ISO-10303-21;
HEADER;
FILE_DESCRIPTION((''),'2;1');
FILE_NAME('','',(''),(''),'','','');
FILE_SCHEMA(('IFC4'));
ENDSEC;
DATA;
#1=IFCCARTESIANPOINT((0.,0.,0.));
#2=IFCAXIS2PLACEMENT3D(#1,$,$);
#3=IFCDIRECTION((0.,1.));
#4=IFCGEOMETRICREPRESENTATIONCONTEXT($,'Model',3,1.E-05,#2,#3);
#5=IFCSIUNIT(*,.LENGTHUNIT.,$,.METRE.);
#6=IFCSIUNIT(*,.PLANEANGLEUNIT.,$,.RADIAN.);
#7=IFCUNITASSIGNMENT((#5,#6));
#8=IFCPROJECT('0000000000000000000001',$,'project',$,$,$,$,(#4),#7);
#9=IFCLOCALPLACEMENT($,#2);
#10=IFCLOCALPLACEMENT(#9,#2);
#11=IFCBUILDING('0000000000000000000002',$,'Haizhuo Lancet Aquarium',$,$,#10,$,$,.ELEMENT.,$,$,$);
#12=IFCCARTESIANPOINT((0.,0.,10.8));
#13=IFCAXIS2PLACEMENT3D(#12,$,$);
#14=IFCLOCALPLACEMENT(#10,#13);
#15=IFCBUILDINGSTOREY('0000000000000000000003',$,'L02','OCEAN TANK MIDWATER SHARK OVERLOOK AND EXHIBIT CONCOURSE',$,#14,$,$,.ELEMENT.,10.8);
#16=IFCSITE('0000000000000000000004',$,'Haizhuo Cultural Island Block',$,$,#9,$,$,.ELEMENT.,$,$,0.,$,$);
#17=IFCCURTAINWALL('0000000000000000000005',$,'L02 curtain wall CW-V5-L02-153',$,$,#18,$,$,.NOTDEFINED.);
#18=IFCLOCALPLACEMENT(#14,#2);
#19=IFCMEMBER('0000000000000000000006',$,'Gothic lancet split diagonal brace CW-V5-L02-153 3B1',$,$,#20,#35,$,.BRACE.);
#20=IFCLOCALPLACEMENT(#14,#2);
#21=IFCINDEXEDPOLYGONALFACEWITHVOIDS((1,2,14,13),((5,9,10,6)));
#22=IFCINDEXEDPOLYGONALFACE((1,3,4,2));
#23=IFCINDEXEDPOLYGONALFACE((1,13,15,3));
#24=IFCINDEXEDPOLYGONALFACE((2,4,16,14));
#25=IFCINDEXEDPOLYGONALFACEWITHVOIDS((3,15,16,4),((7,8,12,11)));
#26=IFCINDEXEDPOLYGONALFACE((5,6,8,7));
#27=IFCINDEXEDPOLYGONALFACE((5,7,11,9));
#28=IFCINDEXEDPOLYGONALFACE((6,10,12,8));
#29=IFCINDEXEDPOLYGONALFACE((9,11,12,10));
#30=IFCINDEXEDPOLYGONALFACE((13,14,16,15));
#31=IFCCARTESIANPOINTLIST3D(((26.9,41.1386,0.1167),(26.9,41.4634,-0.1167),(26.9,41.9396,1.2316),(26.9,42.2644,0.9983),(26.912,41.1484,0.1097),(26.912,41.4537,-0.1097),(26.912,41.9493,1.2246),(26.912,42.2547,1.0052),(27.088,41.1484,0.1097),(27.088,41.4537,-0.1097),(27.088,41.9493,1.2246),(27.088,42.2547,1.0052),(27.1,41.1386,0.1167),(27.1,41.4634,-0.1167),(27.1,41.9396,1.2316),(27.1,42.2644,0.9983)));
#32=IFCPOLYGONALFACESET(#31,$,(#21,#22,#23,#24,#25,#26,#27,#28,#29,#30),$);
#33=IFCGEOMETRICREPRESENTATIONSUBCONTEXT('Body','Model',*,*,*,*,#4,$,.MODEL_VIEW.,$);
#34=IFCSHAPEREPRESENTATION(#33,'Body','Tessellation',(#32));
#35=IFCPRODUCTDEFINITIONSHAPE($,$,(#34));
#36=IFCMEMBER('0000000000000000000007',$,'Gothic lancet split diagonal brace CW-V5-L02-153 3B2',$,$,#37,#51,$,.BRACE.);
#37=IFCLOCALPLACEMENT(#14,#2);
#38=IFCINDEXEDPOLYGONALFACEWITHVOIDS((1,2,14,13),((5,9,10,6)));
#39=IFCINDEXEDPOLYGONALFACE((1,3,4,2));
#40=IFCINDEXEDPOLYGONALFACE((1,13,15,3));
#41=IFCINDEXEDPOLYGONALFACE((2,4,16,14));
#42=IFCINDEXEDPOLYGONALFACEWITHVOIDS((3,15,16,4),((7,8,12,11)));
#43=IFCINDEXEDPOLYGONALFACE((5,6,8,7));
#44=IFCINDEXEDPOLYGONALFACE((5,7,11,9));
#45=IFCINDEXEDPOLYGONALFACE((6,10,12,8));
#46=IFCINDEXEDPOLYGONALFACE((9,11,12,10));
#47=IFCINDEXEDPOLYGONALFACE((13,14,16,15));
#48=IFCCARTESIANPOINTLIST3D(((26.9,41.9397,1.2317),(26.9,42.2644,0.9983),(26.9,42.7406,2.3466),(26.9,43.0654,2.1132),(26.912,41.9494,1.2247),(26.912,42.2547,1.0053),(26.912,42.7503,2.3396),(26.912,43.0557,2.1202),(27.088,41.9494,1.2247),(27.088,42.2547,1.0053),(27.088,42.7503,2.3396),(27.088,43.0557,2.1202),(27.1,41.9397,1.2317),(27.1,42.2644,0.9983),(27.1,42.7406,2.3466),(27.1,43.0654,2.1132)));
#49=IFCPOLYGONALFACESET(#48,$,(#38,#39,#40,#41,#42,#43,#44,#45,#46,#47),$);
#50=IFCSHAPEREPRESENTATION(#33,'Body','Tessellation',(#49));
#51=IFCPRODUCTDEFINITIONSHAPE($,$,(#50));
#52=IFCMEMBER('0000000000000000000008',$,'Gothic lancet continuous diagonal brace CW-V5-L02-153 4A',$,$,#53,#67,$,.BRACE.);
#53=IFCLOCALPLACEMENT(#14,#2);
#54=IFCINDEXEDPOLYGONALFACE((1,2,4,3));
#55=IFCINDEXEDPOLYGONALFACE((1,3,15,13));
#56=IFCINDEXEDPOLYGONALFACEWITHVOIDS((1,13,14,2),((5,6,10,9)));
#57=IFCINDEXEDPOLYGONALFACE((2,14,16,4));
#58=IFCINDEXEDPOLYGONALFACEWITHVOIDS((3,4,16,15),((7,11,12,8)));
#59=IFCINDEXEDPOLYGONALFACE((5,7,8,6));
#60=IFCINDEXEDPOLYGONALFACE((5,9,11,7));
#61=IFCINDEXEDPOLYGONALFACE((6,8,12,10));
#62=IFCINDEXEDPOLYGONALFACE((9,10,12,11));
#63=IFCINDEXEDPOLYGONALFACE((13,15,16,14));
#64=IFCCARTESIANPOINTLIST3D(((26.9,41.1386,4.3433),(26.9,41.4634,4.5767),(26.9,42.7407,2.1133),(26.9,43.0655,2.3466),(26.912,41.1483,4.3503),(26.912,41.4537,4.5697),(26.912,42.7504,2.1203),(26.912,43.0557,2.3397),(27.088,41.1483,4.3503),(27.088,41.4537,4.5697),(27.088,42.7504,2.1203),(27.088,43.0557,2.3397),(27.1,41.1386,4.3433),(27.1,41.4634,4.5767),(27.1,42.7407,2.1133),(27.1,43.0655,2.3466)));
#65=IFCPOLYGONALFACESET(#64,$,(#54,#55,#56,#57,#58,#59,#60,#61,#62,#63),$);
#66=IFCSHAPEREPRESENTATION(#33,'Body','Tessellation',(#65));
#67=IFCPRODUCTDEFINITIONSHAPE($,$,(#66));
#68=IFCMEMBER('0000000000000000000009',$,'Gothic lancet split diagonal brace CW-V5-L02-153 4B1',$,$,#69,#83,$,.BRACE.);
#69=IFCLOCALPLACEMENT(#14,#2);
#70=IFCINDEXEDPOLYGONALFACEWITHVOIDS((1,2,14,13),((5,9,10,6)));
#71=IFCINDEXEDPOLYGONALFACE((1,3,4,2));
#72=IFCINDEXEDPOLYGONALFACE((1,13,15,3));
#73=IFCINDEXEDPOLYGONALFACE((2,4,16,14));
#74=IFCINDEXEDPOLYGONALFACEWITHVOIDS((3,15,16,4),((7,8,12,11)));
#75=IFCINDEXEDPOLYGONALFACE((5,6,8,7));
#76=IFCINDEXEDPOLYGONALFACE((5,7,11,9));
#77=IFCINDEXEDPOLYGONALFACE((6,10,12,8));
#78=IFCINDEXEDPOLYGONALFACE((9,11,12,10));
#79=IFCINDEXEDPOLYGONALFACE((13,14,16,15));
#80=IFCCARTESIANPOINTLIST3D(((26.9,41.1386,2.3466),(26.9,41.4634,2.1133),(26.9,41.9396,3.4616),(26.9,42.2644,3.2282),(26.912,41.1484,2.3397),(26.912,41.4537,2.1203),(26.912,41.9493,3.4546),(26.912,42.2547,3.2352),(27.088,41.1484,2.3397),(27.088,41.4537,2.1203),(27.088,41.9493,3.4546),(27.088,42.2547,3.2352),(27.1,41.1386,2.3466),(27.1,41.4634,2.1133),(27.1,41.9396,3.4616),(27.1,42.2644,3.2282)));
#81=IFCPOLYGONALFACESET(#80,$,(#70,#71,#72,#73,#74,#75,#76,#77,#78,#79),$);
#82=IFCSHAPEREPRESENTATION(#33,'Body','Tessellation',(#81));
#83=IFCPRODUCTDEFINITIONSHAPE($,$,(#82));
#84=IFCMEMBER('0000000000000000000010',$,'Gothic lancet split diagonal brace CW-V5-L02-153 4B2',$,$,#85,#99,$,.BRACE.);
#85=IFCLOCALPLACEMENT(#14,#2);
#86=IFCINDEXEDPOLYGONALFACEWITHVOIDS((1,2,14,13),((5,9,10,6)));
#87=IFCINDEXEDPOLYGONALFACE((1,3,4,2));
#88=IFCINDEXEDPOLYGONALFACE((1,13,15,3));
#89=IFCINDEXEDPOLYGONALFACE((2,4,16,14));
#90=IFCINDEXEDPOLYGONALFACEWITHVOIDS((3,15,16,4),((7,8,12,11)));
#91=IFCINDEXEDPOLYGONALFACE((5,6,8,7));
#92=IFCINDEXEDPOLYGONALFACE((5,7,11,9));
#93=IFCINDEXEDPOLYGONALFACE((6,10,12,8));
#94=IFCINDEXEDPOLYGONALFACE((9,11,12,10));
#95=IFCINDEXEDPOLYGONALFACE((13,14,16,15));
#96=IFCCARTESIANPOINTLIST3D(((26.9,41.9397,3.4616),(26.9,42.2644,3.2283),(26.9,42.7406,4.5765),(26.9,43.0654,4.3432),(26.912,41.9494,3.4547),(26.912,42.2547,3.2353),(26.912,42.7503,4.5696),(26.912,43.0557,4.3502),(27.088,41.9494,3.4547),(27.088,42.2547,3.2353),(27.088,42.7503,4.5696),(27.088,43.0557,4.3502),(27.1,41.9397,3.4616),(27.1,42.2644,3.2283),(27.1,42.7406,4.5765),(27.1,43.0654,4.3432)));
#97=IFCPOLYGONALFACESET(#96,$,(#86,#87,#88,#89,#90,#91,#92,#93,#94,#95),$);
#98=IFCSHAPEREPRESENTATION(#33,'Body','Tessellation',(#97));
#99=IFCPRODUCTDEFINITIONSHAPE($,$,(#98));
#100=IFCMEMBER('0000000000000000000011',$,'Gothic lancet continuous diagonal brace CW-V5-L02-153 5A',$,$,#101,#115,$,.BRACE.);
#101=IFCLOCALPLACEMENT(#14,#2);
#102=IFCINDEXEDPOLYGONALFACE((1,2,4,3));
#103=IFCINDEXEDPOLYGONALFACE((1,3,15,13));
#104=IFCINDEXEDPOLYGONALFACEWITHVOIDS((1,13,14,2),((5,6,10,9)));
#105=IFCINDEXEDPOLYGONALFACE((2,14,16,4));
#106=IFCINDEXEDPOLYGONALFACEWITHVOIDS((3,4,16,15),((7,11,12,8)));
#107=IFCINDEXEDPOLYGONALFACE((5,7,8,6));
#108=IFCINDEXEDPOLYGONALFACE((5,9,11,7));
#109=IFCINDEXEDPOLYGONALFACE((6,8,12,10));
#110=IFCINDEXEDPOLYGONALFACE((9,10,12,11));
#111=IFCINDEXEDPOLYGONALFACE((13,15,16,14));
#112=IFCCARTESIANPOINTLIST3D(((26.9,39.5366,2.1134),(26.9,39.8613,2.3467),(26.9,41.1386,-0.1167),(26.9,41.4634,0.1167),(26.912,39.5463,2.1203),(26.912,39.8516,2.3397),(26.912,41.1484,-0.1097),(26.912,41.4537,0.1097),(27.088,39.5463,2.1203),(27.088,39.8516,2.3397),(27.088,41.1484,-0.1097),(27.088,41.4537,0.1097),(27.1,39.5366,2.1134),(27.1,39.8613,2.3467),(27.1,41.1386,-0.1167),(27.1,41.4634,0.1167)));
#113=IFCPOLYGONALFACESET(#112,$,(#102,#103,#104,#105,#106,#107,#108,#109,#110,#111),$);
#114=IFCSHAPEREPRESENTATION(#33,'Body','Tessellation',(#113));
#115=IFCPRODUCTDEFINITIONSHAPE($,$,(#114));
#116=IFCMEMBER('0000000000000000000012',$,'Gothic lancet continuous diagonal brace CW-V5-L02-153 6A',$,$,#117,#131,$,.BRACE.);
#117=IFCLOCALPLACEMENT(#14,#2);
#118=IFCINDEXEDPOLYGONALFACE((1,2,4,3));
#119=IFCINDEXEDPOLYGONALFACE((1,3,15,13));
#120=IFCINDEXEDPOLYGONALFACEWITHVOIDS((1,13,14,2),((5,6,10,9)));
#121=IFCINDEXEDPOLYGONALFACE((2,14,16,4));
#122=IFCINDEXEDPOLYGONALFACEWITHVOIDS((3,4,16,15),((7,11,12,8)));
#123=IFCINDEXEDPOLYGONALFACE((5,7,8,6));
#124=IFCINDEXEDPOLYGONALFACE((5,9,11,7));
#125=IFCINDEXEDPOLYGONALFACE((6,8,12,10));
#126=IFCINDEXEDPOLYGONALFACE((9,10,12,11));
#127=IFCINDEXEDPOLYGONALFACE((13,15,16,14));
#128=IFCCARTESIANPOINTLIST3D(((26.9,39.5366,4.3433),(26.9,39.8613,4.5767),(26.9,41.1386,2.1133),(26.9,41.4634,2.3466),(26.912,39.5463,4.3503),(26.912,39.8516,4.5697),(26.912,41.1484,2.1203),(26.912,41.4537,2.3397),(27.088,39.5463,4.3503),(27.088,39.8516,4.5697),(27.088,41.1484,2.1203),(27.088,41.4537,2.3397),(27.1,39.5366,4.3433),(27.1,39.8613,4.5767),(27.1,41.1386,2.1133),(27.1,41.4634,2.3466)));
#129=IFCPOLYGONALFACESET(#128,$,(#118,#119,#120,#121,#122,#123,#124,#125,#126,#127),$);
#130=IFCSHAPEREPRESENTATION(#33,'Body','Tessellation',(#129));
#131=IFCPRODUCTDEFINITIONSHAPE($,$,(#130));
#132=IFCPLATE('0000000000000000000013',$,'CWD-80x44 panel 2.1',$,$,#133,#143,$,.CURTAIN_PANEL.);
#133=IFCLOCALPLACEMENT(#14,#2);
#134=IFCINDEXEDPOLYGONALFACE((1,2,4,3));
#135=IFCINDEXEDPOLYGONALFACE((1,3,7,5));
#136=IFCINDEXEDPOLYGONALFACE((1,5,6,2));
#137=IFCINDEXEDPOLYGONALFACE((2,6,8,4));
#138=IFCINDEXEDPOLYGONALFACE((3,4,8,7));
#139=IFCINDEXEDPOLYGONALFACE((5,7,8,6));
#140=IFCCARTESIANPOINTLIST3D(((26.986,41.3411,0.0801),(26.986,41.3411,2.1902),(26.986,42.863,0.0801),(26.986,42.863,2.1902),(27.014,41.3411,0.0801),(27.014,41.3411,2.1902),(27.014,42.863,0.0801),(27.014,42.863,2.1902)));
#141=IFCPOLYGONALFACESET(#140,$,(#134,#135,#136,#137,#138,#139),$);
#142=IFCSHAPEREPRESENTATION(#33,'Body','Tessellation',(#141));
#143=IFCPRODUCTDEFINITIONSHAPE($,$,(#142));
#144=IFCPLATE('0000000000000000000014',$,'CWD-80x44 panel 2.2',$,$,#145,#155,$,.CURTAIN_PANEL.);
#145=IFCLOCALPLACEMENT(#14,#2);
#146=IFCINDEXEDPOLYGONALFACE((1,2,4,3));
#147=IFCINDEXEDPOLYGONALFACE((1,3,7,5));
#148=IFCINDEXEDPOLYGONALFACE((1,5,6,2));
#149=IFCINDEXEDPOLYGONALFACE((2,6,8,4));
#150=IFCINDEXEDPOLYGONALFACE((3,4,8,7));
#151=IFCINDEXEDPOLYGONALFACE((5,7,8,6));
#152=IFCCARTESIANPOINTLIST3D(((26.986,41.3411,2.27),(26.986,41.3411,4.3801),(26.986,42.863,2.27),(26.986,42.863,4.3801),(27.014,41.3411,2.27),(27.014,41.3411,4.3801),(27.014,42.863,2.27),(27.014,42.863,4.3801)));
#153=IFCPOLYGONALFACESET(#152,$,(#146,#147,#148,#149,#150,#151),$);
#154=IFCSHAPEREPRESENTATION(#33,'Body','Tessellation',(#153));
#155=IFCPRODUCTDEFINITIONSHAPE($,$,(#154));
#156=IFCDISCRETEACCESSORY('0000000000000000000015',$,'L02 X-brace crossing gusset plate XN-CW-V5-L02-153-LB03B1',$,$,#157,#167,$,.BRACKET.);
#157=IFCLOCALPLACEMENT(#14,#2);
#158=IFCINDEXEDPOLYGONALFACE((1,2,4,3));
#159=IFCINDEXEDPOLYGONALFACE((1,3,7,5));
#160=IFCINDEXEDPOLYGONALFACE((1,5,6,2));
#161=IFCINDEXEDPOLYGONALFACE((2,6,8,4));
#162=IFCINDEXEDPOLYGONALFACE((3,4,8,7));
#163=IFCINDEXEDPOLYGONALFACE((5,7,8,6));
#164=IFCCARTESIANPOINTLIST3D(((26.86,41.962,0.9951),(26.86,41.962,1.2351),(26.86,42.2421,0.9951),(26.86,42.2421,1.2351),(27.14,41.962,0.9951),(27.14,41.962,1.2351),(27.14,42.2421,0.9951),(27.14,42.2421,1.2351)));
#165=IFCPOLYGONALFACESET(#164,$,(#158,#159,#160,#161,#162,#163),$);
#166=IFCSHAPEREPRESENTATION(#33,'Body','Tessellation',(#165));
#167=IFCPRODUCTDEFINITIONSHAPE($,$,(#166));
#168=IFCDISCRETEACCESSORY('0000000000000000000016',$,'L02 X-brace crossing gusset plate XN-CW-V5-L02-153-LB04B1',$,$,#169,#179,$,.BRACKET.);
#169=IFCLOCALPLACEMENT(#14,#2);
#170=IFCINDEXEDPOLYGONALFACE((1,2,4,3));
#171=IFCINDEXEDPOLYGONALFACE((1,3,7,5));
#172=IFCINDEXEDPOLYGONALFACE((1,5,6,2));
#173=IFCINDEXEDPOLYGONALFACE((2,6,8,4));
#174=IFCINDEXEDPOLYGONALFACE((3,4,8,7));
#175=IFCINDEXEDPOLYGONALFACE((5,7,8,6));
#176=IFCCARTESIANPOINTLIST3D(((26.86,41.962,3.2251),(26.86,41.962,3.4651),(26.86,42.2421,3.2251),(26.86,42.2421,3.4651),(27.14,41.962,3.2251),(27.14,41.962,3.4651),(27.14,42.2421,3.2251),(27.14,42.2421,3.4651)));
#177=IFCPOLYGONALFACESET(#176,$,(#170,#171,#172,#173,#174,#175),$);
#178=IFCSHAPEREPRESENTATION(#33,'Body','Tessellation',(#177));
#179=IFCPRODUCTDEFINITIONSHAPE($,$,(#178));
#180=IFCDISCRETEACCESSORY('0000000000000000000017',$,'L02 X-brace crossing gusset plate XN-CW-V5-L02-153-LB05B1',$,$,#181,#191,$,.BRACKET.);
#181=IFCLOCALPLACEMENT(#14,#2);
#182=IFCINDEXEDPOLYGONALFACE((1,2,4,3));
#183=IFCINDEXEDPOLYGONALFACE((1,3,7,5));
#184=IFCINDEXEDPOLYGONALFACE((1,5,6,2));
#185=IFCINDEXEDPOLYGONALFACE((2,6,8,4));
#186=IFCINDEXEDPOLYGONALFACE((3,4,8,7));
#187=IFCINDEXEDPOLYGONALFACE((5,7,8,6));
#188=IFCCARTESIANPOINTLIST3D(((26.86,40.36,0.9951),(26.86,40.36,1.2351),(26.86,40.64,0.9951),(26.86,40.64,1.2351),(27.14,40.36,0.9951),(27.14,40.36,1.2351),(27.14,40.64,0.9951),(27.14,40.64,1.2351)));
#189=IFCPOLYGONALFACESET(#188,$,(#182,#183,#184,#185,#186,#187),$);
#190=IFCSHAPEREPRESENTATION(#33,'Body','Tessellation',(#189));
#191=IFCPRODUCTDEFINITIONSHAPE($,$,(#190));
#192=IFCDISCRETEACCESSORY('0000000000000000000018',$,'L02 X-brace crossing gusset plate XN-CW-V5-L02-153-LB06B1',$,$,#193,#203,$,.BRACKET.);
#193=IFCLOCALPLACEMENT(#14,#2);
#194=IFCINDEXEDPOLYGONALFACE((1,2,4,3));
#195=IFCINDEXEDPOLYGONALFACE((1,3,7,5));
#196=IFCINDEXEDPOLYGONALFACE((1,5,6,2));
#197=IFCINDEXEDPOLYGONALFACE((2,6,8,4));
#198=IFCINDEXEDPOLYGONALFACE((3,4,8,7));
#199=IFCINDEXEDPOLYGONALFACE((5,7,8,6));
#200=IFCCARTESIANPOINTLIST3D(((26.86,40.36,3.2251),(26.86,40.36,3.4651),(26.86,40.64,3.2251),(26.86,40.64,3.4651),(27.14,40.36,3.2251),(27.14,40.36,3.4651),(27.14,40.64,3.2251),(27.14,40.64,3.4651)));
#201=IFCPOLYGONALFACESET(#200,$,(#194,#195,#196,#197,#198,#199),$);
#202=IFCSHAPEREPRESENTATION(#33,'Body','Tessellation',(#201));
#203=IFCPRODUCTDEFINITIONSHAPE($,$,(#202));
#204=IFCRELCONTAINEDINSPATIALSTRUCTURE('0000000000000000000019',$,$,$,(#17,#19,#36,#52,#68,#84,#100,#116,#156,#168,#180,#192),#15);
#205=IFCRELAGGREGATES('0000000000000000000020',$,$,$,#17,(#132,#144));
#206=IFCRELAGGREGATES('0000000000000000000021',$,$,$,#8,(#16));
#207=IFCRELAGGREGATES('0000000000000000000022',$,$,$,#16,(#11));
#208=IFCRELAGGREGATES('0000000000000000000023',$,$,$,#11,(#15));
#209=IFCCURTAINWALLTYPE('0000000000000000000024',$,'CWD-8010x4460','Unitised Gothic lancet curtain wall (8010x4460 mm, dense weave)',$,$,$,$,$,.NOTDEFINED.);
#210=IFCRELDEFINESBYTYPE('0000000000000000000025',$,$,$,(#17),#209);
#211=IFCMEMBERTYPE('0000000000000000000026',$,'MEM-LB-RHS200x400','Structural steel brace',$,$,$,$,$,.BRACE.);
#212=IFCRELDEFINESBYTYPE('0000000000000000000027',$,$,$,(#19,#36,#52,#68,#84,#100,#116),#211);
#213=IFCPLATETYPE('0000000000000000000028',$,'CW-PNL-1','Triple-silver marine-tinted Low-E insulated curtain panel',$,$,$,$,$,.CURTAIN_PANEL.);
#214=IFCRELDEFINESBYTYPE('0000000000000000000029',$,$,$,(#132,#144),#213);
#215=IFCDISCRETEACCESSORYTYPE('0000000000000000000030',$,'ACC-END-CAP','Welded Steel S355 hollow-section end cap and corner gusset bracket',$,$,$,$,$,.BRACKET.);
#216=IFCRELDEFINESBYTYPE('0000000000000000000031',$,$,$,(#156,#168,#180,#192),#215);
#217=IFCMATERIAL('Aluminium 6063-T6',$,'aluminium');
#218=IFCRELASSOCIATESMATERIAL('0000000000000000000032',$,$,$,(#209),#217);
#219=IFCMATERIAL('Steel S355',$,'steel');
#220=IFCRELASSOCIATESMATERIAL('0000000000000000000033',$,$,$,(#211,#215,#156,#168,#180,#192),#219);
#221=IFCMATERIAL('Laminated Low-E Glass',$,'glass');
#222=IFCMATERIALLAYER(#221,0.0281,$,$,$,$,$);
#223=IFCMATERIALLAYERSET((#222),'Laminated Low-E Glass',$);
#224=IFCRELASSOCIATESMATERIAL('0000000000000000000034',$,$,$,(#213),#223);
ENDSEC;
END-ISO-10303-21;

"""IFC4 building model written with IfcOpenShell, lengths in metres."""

from ifc_helpers import new_model, si_unit, direction, frame, origin, origin_2d, place, context, subcontext, project, spatial, rectangle, hollow_rectangle, extrude, material, layer, layer_set, material_profile, profile_set, type_object, element, aggregate, save


model = new_model("IFC4")

# Units and contexts
model_context = context("Model", 3, precision=1e-05, world=origin(), true_north=direction((0.0, 1.0)))
body_context = subcontext(model_context, "Body", "Model", "MODEL_VIEW")
ifc_project = project(units=[si_unit("LENGTHUNIT", "METRE"), si_unit("PLANEANGLEUNIT", "RADIAN")], contexts=[model_context])

# Site, building, storey
site_placement = place(None, origin())
site = spatial("IfcSite", under=ifc_project, at=site_placement, Name="Haizhuo Cultural Island Block", CompositionType="ELEMENT", RefElevation=0.0)
building_placement = place(site_placement, origin())
building = spatial("IfcBuilding", under=site, at=building_placement, Name="Haizhuo Lancet Aquarium", CompositionType="ELEMENT")
storey_placement = place(building_placement, frame((0.0, 0.0, 10.8)))
storey = spatial("IfcBuildingStorey", under=building, at=storey_placement, Name="L02", Description="OCEAN TANK MIDWATER SHARK OVERLOOK AND EXHIBIT CONCOURSE", CompositionType="ELEMENT", Elevation=10.8)

# Curtain wall
ifc_material_1 = material(Name="Aluminium 6063-T6", Category="aluminium")
curtain_wall_type = type_object("IfcCurtainWallType", Name="CWD-8010x4460", Description="Unitised Gothic lancet curtain wall (8010x4460 mm, dense weave)", PredefinedType="NOTDEFINED", material=ifc_material_1)
curtain_wall_placement = place(storey_placement, origin())
curtain_wall = element("IfcCurtainWall", 1, at=curtain_wall_placement, inside=storey, type_object=curtain_wall_type, Name="L02 curtain wall CW-V5-L02-153", PredefinedType="NOTDEFINED")

# Members
ifc_material_2 = material(Name="Steel S355", Category="steel")
ifc_material_profile_1 = material_profile(ifc_material_2, hollow_rectangle(XDim=0.2, YDim=0.3999, WallThickness=0.012, at=origin_2d()), Name="RHS 200x400x12")
ifc_profile_set_1 = profile_set([ifc_material_profile_1], Name="Steel S355")
member_type_1 = type_object("IfcMemberType", Name="MEM-LB-RHS200x400", Description="Structural steel brace", PredefinedType="BRACE", material=ifc_profile_set_1)
for number, where, z_axis, x_axis, name in (
    (2, (27.0, 41.301, 0.0), (0.0, 0.583456, 0.812144), (-1.0, 0.0, 0.0), "Gothic lancet split diagonal brace CW-V5-L02-153 3B1"),
    (3, (27.0, 42.1021, 1.115), (0.0, 0.583456, 0.812144), (-1.0, 0.0, 0.0), "Gothic lancet split diagonal brace CW-V5-L02-153 3B2"),
):
    element("IfcMember", number, at=place(storey_placement, frame(where, z_axis=z_axis, x_axis=x_axis)), inside=storey, type_object=member_type_1, Name=name, PredefinedType="BRACE", context=body_context, shape_type="SweptSolid", body=[
        extrude(hollow_rectangle(XDim=0.2, YDim=0.3999, WallThickness=0.012, at=origin_2d()), origin(), (0.0, 0.0, 1.0), 1.3728),
    ])
member_1_placement = place(storey_placement, frame((27.0, 42.9031, 2.23), z_axis=(0.0, -0.583456, 0.812144), x_axis=(1.0, 0.0, 0.0)))
element("IfcMember", 4, at=member_1_placement, inside=storey, type_object=member_type_1, Name="Gothic lancet continuous diagonal brace CW-V5-L02-153 4A", PredefinedType="BRACE", context=body_context, shape_type="SweptSolid", body=[
    extrude(hollow_rectangle(XDim=0.2, YDim=0.3999, WallThickness=0.012, at=origin_2d()), origin(), (0.0, 0.0, 1.0), 2.7458),
])
for number, where, z_axis, x_axis, name in (
    (5, (27.0, 41.301, 2.23), (0.0, 0.583456, 0.812144), (-1.0, 0.0, 0.0), "Gothic lancet split diagonal brace CW-V5-L02-153 4B1"),
    (6, (27.0, 42.1021, 3.345), (0.0, 0.583456, 0.812144), (-1.0, 0.0, 0.0), "Gothic lancet split diagonal brace CW-V5-L02-153 4B2"),
):
    element("IfcMember", number, at=place(storey_placement, frame(where, z_axis=z_axis, x_axis=x_axis)), inside=storey, type_object=member_type_1, Name=name, PredefinedType="BRACE", context=body_context, shape_type="SweptSolid", body=[
        extrude(hollow_rectangle(XDim=0.2, YDim=0.3999, WallThickness=0.012, at=origin_2d()), origin(), (0.0, 0.0, 1.0), 1.3728),
    ])
for number, where, z_axis, x_axis, name in (
    (7, (27.0, 41.301, 0.0), (0.0, -0.583456, 0.812144), (1.0, 0.0, 0.0), "Gothic lancet continuous diagonal brace CW-V5-L02-153 5A"),
    (8, (27.0, 41.301, 2.23), (0.0, -0.583456, 0.812144), (1.0, 0.0, 0.0), "Gothic lancet continuous diagonal brace CW-V5-L02-153 6A"),
):
    element("IfcMember", number, at=place(storey_placement, frame(where, z_axis=z_axis, x_axis=x_axis)), inside=storey, type_object=member_type_1, Name=name, PredefinedType="BRACE", context=body_context, shape_type="SweptSolid", body=[
        extrude(hollow_rectangle(XDim=0.2, YDim=0.3999, WallThickness=0.012, at=origin_2d()), origin(), (0.0, 0.0, 1.0), 2.7458),
    ])

# Plates
ifc_material_3 = material(Name="Laminated Low-E Glass", Category="glass")
ifc_layer = layer(ifc_material_3, 0.0281)
ifc_layer_set = layer_set([ifc_layer], Name="Laminated Low-E Glass")
plate_type = type_object("IfcPlateType", Name="CW-PNL-1", Description="Triple-silver marine-tinted Low-E insulated curtain panel", PredefinedType="CURTAIN_PANEL", material=ifc_layer_set)
plate_1_placement = place(storey_placement, frame((27.0, 42.1021, 0.0801), z_axis=(0.0, 0.0, 1.0), x_axis=(0.0, -1.0, 0.0)))
plate_1 = element("IfcPlate", 9, at=plate_1_placement, type_object=plate_type, Name="CWD-80x44 panel 2.1", PredefinedType="CURTAIN_PANEL", context=body_context, shape_type="SweptSolid", body=[
    extrude(rectangle(XDim=1.522, YDim=0.0281, at=origin_2d()), origin(), (0.0, 0.0, 1.0), 2.1101),
])
plate_2_placement = place(storey_placement, frame((27.0, 42.1021, 2.27), z_axis=(0.0, 0.0, 1.0), x_axis=(0.0, -1.0, 0.0)))
plate_2 = element("IfcPlate", 10, at=plate_2_placement, type_object=plate_type, Name="CWD-80x44 panel 2.2", PredefinedType="CURTAIN_PANEL", context=body_context, shape_type="SweptSolid", body=[
    extrude(rectangle(XDim=1.522, YDim=0.0281, at=origin_2d()), origin(), (0.0, 0.0, 1.0), 2.1101),
])
aggregate(curtain_wall, [plate_1, plate_2])

# Discrete accessories
discrete_accessory_type = type_object("IfcDiscreteAccessoryType", Name="ACC-END-CAP", Description="Welded Steel S355 hollow-section end cap and corner gusset bracket", PredefinedType="BRACKET", material=ifc_material_2)
for number, where, z_axis, x_axis, name in (
    (11, (27.0, 42.1021, 0.9951), (0.0, 0.0, 1.0), (1.0, 0.0, 0.0), "L02 X-brace crossing gusset plate XN-CW-V5-L02-153-LB03B1"),
    (12, (27.0, 42.1021, 3.2251), (0.0, 0.0, 1.0), (1.0, 0.0, 0.0), "L02 X-brace crossing gusset plate XN-CW-V5-L02-153-LB04B1"),
    (13, (27.0, 40.5, 0.9951), (0.0, 0.0, 1.0), (1.0, 0.0, 0.0), "L02 X-brace crossing gusset plate XN-CW-V5-L02-153-LB05B1"),
    (14, (27.0, 40.5, 3.2251), (0.0, 0.0, 1.0), (1.0, 0.0, 0.0), "L02 X-brace crossing gusset plate XN-CW-V5-L02-153-LB06B1"),
):
    element("IfcDiscreteAccessory", number, at=place(storey_placement, frame(where, z_axis=z_axis, x_axis=x_axis)), inside=storey, type_object=discrete_accessory_type, material=ifc_material_2, Name=name, PredefinedType="BRACKET", context=body_context, shape_type="SweptSolid", body=[
        extrude(rectangle(XDim=0.28, YDim=0.28, at=origin_2d()), origin(), (0.0, 0.0, 1.0), 0.24),
    ])

save(model, "model.ifc")
